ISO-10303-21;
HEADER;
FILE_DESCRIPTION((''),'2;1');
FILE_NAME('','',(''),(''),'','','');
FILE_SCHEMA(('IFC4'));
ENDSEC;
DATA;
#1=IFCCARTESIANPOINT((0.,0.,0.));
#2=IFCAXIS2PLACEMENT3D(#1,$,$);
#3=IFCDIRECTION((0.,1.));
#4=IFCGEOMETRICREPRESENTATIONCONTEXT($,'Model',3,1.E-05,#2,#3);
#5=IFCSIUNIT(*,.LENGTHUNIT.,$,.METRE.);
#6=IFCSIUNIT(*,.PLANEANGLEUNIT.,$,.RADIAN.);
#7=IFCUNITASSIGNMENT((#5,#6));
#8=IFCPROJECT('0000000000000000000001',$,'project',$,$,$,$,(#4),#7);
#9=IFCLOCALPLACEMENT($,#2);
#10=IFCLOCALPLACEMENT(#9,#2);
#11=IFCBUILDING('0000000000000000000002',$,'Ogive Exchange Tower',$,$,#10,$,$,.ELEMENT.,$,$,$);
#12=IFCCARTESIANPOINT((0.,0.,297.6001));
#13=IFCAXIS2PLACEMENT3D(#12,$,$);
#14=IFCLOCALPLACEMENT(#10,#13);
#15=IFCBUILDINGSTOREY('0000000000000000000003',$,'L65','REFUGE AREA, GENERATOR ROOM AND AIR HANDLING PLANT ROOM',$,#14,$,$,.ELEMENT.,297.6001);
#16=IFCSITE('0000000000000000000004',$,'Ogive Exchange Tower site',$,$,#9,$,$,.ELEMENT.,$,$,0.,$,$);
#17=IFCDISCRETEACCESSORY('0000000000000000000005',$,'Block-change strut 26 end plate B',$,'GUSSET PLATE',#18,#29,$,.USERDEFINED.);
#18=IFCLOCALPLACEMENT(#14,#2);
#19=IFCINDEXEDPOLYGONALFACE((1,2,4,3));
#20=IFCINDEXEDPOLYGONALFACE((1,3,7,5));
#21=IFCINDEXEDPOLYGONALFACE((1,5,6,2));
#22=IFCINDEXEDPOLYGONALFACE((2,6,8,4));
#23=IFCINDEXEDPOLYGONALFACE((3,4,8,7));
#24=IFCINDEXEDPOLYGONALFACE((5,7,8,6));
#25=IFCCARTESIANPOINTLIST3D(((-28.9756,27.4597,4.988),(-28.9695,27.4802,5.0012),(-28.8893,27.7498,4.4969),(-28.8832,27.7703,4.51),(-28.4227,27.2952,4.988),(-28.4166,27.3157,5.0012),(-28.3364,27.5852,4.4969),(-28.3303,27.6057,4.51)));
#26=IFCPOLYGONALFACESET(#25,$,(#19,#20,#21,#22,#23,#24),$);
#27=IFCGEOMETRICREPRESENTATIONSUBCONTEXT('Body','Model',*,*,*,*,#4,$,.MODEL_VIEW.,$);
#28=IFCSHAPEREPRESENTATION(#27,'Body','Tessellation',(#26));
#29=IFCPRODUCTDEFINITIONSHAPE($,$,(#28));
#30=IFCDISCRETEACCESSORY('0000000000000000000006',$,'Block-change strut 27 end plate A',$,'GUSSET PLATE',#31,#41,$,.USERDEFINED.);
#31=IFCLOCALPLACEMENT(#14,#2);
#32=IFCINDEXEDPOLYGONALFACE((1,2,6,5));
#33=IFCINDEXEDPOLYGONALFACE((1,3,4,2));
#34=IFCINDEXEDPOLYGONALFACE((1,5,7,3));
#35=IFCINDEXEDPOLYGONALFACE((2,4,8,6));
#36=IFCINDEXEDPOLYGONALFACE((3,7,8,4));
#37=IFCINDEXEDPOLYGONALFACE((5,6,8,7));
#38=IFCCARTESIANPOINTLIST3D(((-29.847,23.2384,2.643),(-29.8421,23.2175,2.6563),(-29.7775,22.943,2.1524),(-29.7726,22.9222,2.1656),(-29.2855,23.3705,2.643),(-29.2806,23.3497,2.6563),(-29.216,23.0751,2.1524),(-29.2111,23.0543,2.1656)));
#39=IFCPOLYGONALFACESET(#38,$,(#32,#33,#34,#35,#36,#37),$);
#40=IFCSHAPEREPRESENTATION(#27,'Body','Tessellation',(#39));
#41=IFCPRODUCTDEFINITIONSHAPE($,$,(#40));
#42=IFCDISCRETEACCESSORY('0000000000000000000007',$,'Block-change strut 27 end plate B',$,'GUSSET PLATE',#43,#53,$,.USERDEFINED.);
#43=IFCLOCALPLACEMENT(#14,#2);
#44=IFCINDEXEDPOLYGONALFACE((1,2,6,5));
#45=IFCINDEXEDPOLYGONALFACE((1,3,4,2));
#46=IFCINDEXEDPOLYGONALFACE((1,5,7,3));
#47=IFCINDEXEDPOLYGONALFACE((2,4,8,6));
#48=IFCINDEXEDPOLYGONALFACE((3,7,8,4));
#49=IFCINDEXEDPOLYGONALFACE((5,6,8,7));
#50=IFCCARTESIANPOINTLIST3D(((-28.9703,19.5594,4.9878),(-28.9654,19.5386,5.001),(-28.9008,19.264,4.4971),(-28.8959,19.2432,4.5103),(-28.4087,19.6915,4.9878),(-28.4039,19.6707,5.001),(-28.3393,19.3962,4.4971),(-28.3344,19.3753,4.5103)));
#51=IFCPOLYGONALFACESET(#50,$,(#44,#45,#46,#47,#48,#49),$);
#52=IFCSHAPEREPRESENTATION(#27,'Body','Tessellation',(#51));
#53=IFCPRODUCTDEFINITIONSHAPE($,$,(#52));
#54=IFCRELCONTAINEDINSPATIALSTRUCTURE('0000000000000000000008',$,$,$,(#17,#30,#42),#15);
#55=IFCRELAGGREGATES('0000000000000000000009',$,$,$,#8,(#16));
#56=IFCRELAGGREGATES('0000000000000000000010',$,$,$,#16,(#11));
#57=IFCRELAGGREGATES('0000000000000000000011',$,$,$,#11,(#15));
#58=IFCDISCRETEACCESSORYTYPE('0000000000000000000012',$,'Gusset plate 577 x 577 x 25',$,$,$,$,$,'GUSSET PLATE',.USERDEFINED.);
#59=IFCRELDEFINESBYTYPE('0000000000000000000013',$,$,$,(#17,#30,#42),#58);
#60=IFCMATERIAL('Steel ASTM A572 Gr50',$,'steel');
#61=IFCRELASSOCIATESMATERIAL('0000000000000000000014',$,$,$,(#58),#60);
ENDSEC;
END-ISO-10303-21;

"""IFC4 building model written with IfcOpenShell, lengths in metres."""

from ifc_helpers import new_model, si_unit, direction, frame, origin, origin_2d, place, context, subcontext, project, spatial, rectangle, extrude, material, material_profile, profile_set, type_object, element, save


model = new_model("IFC4")

# Units and contexts
model_context = context("Model", 3, precision=1e-05, world=origin(), true_north=direction((0.0, 1.0)))
body_context = subcontext(model_context, "Body", "Model", "MODEL_VIEW")
ifc_project = project(units=[si_unit("LENGTHUNIT", "METRE"), si_unit("PLANEANGLEUNIT", "RADIAN")], contexts=[model_context])

# Site, building, storey
site_placement = place(None, origin())
site = spatial("IfcSite", under=ifc_project, at=site_placement, Name="Ogive Exchange Tower site", CompositionType="ELEMENT", RefElevation=0.0)
building_placement = place(site_placement, origin())
building = spatial("IfcBuilding", under=site, at=building_placement, Name="Ogive Exchange Tower", CompositionType="ELEMENT")
storey_placement = place(building_placement, frame((0.0, 0.0, 297.6001)))
storey = spatial("IfcBuildingStorey", under=building, at=storey_placement, Name="L65", Description="REFUGE AREA, GENERATOR ROOM AND AIR HANDLING PLANT ROOM", CompositionType="ELEMENT", Elevation=297.6001)

# Discrete accessories
ifc_material_1 = material(Name="Steel ASTM A572 Gr50", Category="steel")
ifc_material_profile_1 = material_profile(ifc_material_1, rectangle(XDim=0.5769, YDim=0.5769, at=origin_2d()), Name="PL 577 x 577 x 25")
ifc_profile_set_1 = profile_set([ifc_material_profile_1], Name="Steel ASTM A572 Gr50")
discrete_accessory_type_1 = type_object("IfcDiscreteAccessoryType", Name="Gusset plate 577 x 577 x 25", ElementType="GUSSET PLATE", PredefinedType="USERDEFINED", material=ifc_profile_set_1)
for number, where, z_axis, x_axis, name in (
    (1, (-28.656, 27.5225, 4.7424), (0.242856, 0.815996, 0.524569), (-0.958452, 0.285254, 0.0), "Block-change strut 26 end plate B"),
    (2, (-29.5315, 23.1567, 2.3977), (0.1948, -0.8279, 0.52596), (0.973417, 0.229039, 0.0), "Block-change strut 27 end plate A"),
    (3, (-28.6548, 19.4778, 4.7424), (0.1948, -0.8279, 0.52596), (0.973417, 0.229039, 0.0), "Block-change strut 27 end plate B"),
):
    element("IfcDiscreteAccessory", number, at=place(storey_placement, frame(where, z_axis=z_axis, x_axis=x_axis)), inside=storey, type_object=discrete_accessory_type_1, Name=name, ObjectType="GUSSET PLATE", PredefinedType="USERDEFINED", context=body_context, shape_type="SweptSolid", body=[
        extrude(rectangle(XDim=0.5769, YDim=0.5769, at=origin_2d()), origin(), (0.0, 0.0, 1.0), 0.0251),
    ])

save(model, "model.ifc")
